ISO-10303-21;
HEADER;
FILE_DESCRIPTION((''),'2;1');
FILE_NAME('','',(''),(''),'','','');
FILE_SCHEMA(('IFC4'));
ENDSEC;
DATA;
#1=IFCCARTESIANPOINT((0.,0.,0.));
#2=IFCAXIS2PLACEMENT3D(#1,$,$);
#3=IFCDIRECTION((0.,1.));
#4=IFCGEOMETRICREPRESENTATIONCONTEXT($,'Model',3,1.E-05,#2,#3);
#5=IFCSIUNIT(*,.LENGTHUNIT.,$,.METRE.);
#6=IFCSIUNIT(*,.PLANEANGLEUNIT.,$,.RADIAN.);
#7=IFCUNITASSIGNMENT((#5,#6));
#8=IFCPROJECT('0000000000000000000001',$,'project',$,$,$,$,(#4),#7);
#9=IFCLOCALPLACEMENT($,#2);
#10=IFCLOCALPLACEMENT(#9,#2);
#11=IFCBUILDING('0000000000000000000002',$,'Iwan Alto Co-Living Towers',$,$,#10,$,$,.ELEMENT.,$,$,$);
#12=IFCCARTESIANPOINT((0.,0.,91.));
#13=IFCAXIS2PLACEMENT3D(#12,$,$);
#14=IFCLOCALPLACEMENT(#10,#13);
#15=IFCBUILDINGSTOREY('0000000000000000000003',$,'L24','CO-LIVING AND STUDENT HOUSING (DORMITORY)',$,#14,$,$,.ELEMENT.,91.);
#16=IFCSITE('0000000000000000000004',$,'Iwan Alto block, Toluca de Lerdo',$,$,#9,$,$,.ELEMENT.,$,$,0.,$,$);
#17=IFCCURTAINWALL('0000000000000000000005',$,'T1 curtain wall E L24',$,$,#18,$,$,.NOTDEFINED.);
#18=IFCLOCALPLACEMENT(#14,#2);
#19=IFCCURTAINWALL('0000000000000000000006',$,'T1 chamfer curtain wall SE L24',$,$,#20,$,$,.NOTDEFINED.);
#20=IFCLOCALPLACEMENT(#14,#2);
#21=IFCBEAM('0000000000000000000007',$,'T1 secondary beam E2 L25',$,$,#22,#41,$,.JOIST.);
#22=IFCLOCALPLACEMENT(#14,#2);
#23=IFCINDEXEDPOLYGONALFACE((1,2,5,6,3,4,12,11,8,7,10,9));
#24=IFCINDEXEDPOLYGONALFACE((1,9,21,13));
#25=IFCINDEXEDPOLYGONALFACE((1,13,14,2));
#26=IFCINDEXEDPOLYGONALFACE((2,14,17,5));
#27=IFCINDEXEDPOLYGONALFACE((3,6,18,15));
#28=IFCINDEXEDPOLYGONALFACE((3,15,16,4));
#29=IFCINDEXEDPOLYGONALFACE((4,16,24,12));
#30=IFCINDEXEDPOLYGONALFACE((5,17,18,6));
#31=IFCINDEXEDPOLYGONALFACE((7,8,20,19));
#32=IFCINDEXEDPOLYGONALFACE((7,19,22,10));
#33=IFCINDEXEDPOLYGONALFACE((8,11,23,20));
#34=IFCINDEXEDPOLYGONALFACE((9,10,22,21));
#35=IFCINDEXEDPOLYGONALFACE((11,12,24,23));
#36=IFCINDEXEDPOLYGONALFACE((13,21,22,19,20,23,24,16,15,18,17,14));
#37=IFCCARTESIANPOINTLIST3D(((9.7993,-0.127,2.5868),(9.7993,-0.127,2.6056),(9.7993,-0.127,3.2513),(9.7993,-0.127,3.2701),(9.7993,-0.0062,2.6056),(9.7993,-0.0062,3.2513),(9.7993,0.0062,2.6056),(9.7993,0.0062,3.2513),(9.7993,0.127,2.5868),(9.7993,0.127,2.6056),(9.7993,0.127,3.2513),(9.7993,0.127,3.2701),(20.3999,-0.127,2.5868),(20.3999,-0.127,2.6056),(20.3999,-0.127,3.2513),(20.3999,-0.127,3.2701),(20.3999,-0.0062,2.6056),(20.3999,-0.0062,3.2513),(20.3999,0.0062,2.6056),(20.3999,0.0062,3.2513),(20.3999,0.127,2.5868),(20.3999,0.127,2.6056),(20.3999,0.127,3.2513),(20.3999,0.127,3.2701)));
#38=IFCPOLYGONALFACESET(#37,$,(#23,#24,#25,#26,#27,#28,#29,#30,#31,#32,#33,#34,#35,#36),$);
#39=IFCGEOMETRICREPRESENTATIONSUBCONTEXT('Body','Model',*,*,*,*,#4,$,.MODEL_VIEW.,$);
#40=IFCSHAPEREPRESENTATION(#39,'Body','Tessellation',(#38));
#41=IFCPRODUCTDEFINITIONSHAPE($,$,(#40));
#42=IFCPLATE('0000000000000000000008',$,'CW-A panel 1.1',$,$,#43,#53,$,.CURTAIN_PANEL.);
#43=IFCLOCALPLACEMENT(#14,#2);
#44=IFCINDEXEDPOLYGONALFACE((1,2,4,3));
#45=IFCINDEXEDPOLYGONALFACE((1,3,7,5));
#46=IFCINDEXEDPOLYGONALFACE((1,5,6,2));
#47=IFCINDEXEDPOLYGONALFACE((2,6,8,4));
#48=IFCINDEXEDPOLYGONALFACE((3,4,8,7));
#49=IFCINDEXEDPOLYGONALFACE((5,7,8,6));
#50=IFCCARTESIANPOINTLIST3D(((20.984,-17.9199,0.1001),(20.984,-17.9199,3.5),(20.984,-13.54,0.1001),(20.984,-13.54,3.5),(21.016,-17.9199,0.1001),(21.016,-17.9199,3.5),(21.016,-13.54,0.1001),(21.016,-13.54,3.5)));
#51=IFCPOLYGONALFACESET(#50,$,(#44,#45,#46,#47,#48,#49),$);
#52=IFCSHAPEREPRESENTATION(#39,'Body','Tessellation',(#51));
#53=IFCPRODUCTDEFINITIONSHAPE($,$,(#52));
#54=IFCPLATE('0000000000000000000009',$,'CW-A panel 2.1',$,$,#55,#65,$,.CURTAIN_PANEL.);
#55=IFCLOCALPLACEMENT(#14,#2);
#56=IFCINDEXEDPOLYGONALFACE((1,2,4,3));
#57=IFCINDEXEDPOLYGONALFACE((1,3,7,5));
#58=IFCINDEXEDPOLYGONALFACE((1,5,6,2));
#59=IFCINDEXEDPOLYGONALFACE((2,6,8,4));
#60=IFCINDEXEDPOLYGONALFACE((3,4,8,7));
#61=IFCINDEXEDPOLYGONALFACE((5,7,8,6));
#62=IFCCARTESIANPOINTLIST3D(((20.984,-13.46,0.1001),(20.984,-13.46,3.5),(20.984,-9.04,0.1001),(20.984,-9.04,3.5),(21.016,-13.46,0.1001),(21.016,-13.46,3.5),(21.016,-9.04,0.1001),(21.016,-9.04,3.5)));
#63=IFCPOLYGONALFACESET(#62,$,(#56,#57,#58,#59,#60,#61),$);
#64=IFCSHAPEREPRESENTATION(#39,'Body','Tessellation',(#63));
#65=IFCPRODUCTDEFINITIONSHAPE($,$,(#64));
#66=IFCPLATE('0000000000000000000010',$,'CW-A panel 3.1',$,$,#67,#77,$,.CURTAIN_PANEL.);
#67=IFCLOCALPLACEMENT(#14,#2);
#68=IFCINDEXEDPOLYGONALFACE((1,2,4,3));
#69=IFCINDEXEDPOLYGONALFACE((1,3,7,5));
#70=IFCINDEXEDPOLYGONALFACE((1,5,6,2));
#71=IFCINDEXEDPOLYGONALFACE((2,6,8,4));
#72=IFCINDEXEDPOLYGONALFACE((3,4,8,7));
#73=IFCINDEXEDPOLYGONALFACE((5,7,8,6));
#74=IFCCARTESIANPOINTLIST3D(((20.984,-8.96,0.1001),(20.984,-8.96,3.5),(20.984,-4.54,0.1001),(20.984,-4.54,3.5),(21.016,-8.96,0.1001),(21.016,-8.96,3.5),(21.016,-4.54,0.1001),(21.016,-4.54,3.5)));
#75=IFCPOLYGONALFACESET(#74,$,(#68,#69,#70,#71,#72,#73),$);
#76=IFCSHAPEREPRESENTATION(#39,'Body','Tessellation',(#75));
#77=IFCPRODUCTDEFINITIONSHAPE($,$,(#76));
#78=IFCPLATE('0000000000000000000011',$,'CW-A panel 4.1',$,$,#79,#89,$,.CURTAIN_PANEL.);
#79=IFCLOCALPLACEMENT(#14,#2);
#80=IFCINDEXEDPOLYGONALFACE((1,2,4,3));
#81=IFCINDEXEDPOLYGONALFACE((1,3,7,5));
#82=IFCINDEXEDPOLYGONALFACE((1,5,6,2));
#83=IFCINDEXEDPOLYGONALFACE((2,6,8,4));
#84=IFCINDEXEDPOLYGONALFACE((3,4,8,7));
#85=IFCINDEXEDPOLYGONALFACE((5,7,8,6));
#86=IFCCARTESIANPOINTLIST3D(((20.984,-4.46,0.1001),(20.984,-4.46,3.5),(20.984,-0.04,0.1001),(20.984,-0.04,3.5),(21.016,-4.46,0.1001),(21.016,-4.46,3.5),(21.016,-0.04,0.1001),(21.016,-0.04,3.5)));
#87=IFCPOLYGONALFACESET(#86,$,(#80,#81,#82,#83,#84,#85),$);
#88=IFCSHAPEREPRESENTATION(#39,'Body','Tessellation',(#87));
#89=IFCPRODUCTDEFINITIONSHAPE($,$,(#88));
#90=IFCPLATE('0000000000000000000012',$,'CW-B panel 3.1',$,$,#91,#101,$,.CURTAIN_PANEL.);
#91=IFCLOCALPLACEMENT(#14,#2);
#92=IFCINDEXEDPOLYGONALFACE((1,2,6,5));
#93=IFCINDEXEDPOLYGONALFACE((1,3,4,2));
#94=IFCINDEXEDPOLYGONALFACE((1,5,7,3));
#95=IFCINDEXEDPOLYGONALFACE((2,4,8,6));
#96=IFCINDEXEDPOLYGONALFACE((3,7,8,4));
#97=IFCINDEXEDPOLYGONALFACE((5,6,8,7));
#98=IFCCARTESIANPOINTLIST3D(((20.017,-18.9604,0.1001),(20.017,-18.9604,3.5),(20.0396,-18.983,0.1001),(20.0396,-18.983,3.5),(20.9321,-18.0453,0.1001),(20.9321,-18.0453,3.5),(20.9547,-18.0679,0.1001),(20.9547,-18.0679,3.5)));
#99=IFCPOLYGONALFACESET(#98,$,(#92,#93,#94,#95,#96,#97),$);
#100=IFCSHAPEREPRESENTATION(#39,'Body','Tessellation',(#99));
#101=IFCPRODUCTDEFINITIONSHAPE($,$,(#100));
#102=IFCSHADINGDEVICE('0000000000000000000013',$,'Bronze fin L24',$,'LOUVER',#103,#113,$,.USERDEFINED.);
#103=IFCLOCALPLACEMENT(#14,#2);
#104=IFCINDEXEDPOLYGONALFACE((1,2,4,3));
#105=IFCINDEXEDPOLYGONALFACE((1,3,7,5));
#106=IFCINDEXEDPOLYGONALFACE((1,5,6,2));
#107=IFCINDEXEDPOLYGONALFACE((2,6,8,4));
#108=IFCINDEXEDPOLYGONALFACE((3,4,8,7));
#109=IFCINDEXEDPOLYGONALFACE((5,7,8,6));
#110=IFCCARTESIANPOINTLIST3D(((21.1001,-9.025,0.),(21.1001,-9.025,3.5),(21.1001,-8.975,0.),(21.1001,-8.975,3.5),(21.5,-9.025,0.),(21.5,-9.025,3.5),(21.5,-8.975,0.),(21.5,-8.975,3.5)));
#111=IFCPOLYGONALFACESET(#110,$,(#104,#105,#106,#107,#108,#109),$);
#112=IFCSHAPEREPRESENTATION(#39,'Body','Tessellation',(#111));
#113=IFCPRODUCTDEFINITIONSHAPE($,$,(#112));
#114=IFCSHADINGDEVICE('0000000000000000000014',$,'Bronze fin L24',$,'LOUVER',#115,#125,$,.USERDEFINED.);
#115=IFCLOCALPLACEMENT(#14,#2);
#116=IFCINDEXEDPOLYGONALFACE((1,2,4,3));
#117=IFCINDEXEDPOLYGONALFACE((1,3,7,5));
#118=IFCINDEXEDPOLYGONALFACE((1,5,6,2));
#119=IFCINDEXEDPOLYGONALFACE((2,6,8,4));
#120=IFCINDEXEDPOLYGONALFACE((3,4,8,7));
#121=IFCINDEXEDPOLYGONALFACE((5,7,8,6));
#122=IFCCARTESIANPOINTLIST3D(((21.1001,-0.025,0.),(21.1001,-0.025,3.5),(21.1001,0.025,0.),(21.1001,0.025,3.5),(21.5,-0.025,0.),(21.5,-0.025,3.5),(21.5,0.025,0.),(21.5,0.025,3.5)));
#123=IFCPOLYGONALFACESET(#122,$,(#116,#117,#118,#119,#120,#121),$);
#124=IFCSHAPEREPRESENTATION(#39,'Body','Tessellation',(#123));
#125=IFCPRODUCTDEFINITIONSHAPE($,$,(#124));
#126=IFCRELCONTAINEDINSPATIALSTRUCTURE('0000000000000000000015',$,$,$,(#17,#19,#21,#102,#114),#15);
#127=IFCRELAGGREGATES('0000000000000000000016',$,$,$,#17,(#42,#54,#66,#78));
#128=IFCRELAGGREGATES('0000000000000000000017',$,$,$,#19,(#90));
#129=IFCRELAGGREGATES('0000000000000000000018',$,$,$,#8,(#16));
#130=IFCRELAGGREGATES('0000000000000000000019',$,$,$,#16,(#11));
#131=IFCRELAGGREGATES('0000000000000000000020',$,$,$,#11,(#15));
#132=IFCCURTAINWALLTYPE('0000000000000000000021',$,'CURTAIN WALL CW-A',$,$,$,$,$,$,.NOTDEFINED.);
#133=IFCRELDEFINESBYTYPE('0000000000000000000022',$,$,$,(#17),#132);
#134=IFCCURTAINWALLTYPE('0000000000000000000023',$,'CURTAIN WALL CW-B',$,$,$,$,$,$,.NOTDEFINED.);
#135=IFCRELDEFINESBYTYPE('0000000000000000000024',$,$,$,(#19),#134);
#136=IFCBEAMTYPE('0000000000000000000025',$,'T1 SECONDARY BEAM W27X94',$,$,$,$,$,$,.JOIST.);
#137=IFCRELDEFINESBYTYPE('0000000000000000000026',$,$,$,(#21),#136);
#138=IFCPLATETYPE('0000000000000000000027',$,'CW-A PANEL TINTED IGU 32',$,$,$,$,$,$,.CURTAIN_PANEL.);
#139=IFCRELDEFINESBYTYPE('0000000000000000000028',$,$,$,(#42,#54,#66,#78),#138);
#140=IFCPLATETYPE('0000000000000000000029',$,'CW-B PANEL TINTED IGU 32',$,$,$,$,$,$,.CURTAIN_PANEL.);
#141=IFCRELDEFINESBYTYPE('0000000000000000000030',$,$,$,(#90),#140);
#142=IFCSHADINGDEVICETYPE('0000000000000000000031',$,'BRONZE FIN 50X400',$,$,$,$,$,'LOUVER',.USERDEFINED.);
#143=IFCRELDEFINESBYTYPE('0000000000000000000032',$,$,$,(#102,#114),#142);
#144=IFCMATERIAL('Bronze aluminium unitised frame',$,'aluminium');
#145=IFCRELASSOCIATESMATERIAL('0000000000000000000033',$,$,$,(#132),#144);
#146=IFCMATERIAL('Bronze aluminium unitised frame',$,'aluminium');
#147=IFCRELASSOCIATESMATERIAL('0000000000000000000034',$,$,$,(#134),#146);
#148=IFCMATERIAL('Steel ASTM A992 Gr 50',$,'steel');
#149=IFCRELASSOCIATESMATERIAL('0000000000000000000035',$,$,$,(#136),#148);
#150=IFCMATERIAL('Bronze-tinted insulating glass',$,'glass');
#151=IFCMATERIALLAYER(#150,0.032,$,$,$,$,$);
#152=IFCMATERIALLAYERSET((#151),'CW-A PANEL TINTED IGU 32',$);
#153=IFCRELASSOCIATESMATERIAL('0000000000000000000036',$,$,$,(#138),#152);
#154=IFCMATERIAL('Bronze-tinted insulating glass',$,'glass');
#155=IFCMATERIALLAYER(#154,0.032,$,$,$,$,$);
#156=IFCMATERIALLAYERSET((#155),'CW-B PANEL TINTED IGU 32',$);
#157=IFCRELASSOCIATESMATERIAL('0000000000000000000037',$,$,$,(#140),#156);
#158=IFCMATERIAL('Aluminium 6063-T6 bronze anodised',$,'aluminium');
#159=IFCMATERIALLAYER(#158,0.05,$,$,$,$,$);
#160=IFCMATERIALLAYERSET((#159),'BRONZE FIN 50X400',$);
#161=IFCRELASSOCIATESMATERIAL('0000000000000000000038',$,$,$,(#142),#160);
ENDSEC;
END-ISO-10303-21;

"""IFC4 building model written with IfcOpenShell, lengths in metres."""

from ifc_helpers import new_model, si_unit, direction, frame, origin, origin_2d, place, context, subcontext, project, spatial, rectangle, i_section, extrude, material, layer, layer_set, material_profile, profile_set, type_object, element, aggregate, save


model = new_model("IFC4")

# Units and contexts
model_context = context("Model", 3, precision=1e-05, world=origin(), true_north=direction((0.0, 1.0)))
body_context = subcontext(model_context, "Body", "Model", "MODEL_VIEW")
ifc_project = project(units=[si_unit("LENGTHUNIT", "METRE"), si_unit("PLANEANGLEUNIT", "RADIAN")], contexts=[model_context])

# Site, building, storey
site_placement = place(None, origin())
site = spatial("IfcSite", under=ifc_project, at=site_placement, Name="Iwan Alto block, Toluca de Lerdo", CompositionType="ELEMENT", RefElevation=0.0)
building_placement = place(site_placement, origin())
building = spatial("IfcBuilding", under=site, at=building_placement, Name="Iwan Alto Co-Living Towers", CompositionType="ELEMENT")
storey_placement = place(building_placement, frame((0.0, 0.0, 91.0)))
storey = spatial("IfcBuildingStorey", under=building, at=storey_placement, Name="L24", Description="CO-LIVING AND STUDENT HOUSING (DORMITORY)", CompositionType="ELEMENT", Elevation=91.0)

# Curtain wall
ifc_material_1 = material(Name="Bronze aluminium unitised frame", Category="aluminium")
curtain_wall_type_1 = type_object("IfcCurtainWallType", Name="CURTAIN WALL CW-A", PredefinedType="NOTDEFINED", material=ifc_material_1)
curtain_wall_1_placement = place(storey_placement, origin())
curtain_wall_1 = element("IfcCurtainWall", 1, at=curtain_wall_1_placement, inside=storey, type_object=curtain_wall_type_1, Name="T1 curtain wall E L24", PredefinedType="NOTDEFINED")

# Curtain wall
ifc_material_2 = material(Name="Bronze aluminium unitised frame", Category="aluminium")
curtain_wall_type_2 = type_object("IfcCurtainWallType", Name="CURTAIN WALL CW-B", PredefinedType="NOTDEFINED", material=ifc_material_2)
curtain_wall_2_placement = place(storey_placement, origin())
curtain_wall_2 = element("IfcCurtainWall", 2, at=curtain_wall_2_placement, inside=storey, type_object=curtain_wall_type_2, Name="T1 chamfer curtain wall SE L24", PredefinedType="NOTDEFINED")

# Beam
ifc_material_3 = material(Name="Steel ASTM A992 Gr 50", Category="steel")
ifc_material_profile_1 = material_profile(ifc_material_3, i_section(OverallWidth=0.2539, OverallDepth=0.6833, WebThickness=0.0125, FlangeThickness=0.0188, at=origin_2d()), Name="W27X94")
ifc_profile_set_1 = profile_set([ifc_material_profile_1], Name="Steel ASTM A992 Gr 50")
beam_type = type_object("IfcBeamType", Name="T1 SECONDARY BEAM W27X94", PredefinedType="JOIST", material=ifc_profile_set_1)
for number, where, z_axis, x_axis, name in (
    (3, (20.3999, 0.0, 2.9285), (-1.0, 0.0, 0.0), (0.0, -1.0, 0.0), "T1 secondary beam E2 L25"),
):
    element("IfcBeam", number, at=place(storey_placement, frame(where, z_axis=z_axis, x_axis=x_axis)), inside=storey, type_object=beam_type, Name=name, PredefinedType="JOIST", context=body_context, shape_type="SweptSolid", body=[
        extrude(i_section(OverallWidth=0.2539, OverallDepth=0.6833, WebThickness=0.0125, FlangeThickness=0.0188, at=origin_2d()), origin(), (0.0, 0.0, 1.0), 10.6006),
    ])

# Plates
ifc_material_4 = material(Name="Bronze-tinted insulating glass", Category="glass")
ifc_layer_1 = layer(ifc_material_4, 0.032)
ifc_layer_set_1 = layer_set([ifc_layer_1], Name="CW-A PANEL TINTED IGU 32")
plate_type_1 = type_object("IfcPlateType", Name="CW-A PANEL TINTED IGU 32", PredefinedType="CURTAIN_PANEL", material=ifc_layer_set_1)
plate_1_placement = place(storey_placement, frame((21.0, -15.73, 0.1001), z_axis=(0.0, 0.0, 1.0), x_axis=(0.0, 1.0, 0.0)))
plate_1 = element("IfcPlate", 4, at=plate_1_placement, type_object=plate_type_1, Name="CW-A panel 1.1", PredefinedType="CURTAIN_PANEL", context=body_context, shape_type="SweptSolid", body=[
    extrude(rectangle(XDim=4.3799, YDim=0.032, at=origin_2d()), origin(), (0.0, 0.0, 1.0), 3.3999),
])
plate_2_placement = place(storey_placement, frame((21.0, -11.25, 0.1001), z_axis=(0.0, 0.0, 1.0), x_axis=(0.0, 1.0, 0.0)))
plate_2 = element("IfcPlate", 5, at=plate_2_placement, type_object=plate_type_1, Name="CW-A panel 2.1", PredefinedType="CURTAIN_PANEL", context=body_context, shape_type="SweptSolid", body=[
    extrude(rectangle(XDim=4.4199, YDim=0.032, at=origin_2d()), origin(), (0.0, 0.0, 1.0), 3.3999),
])
plate_3_placement = place(storey_placement, frame((21.0, -6.75, 0.1001), z_axis=(0.0, 0.0, 1.0), x_axis=(0.0, 1.0, 0.0)))
plate_3 = element("IfcPlate", 6, at=plate_3_placement, type_object=plate_type_1, Name="CW-A panel 3.1", PredefinedType="CURTAIN_PANEL", context=body_context, shape_type="SweptSolid", body=[
    extrude(rectangle(XDim=4.4199, YDim=0.032, at=origin_2d()), origin(), (0.0, 0.0, 1.0), 3.3999),
])
plate_4_placement = place(storey_placement, frame((21.0, -2.25, 0.1001), z_axis=(0.0, 0.0, 1.0), x_axis=(0.0, 1.0, 0.0)))
plate_4 = element("IfcPlate", 7, at=plate_4_placement, type_object=plate_type_1, Name="CW-A panel 4.1", PredefinedType="CURTAIN_PANEL", context=body_context, shape_type="SweptSolid", body=[
    extrude(rectangle(XDim=4.4199, YDim=0.032, at=origin_2d()), origin(), (0.0, 0.0, 1.0), 3.3999),
])
aggregate(curtain_wall_1, [plate_1, plate_2, plate_3, plate_4])
ifc_material_5 = material(Name="Bronze-tinted insulating glass", Category="glass")
ifc_layer_2 = layer(ifc_material_5, 0.032)
ifc_layer_set_2 = layer_set([ifc_layer_2], Name="CW-B PANEL TINTED IGU 32")
plate_type_2 = type_object("IfcPlateType", Name="CW-B PANEL TINTED IGU 32", PredefinedType="CURTAIN_PANEL", material=ifc_layer_set_2)
plate_5_placement = place(storey_placement, frame((20.4858, -18.5142, 0.1001), z_axis=(0.0, 0.0, 1.0), x_axis=(0.707107, 0.707107, 0.0)))
plate_5 = element("IfcPlate", 8, at=plate_5_placement, type_object=plate_type_2, Name="CW-B panel 3.1", PredefinedType="CURTAIN_PANEL", context=body_context, shape_type="SweptSolid", body=[
    extrude(rectangle(XDim=1.2942, YDim=0.032, at=origin_2d()), origin(), (0.0, 0.0, 1.0), 3.3999),
])
aggregate(curtain_wall_2, [plate_5])

# Shading devices
ifc_material_6 = material(Name="Aluminium 6063-T6 bronze anodised", Category="aluminium")
ifc_layer_3 = layer(ifc_material_6, 0.05)
ifc_layer_set_3 = layer_set([ifc_layer_3], Name="BRONZE FIN 50X400")
shading_device_type = type_object("IfcShadingDeviceType", Name="BRONZE FIN 50X400", ElementType="LOUVER", PredefinedType="USERDEFINED", material=ifc_layer_set_3)
for number, where, z_axis, x_axis, name in (
    (9, (21.3, -9.0, 0.0), (0.0, 0.0, 1.0), (0.0, 1.0, 0.0), "Bronze fin L24"),
    (10, (21.3, 0.0, 0.0), (0.0, 0.0, 1.0), (0.0, 1.0, 0.0), "Bronze fin L24"),
):
    element("IfcShadingDevice", number, at=place(storey_placement, frame(where, z_axis=z_axis, x_axis=x_axis)), inside=storey, type_object=shading_device_type, Name=name, ObjectType="LOUVER", PredefinedType="USERDEFINED", context=body_context, shape_type="SweptSolid", body=[
        extrude(rectangle(XDim=0.05, YDim=0.3999, at=origin_2d()), origin(), (0.0, 0.0, 1.0), 3.5),
    ])

save(model, "model.ifc")
